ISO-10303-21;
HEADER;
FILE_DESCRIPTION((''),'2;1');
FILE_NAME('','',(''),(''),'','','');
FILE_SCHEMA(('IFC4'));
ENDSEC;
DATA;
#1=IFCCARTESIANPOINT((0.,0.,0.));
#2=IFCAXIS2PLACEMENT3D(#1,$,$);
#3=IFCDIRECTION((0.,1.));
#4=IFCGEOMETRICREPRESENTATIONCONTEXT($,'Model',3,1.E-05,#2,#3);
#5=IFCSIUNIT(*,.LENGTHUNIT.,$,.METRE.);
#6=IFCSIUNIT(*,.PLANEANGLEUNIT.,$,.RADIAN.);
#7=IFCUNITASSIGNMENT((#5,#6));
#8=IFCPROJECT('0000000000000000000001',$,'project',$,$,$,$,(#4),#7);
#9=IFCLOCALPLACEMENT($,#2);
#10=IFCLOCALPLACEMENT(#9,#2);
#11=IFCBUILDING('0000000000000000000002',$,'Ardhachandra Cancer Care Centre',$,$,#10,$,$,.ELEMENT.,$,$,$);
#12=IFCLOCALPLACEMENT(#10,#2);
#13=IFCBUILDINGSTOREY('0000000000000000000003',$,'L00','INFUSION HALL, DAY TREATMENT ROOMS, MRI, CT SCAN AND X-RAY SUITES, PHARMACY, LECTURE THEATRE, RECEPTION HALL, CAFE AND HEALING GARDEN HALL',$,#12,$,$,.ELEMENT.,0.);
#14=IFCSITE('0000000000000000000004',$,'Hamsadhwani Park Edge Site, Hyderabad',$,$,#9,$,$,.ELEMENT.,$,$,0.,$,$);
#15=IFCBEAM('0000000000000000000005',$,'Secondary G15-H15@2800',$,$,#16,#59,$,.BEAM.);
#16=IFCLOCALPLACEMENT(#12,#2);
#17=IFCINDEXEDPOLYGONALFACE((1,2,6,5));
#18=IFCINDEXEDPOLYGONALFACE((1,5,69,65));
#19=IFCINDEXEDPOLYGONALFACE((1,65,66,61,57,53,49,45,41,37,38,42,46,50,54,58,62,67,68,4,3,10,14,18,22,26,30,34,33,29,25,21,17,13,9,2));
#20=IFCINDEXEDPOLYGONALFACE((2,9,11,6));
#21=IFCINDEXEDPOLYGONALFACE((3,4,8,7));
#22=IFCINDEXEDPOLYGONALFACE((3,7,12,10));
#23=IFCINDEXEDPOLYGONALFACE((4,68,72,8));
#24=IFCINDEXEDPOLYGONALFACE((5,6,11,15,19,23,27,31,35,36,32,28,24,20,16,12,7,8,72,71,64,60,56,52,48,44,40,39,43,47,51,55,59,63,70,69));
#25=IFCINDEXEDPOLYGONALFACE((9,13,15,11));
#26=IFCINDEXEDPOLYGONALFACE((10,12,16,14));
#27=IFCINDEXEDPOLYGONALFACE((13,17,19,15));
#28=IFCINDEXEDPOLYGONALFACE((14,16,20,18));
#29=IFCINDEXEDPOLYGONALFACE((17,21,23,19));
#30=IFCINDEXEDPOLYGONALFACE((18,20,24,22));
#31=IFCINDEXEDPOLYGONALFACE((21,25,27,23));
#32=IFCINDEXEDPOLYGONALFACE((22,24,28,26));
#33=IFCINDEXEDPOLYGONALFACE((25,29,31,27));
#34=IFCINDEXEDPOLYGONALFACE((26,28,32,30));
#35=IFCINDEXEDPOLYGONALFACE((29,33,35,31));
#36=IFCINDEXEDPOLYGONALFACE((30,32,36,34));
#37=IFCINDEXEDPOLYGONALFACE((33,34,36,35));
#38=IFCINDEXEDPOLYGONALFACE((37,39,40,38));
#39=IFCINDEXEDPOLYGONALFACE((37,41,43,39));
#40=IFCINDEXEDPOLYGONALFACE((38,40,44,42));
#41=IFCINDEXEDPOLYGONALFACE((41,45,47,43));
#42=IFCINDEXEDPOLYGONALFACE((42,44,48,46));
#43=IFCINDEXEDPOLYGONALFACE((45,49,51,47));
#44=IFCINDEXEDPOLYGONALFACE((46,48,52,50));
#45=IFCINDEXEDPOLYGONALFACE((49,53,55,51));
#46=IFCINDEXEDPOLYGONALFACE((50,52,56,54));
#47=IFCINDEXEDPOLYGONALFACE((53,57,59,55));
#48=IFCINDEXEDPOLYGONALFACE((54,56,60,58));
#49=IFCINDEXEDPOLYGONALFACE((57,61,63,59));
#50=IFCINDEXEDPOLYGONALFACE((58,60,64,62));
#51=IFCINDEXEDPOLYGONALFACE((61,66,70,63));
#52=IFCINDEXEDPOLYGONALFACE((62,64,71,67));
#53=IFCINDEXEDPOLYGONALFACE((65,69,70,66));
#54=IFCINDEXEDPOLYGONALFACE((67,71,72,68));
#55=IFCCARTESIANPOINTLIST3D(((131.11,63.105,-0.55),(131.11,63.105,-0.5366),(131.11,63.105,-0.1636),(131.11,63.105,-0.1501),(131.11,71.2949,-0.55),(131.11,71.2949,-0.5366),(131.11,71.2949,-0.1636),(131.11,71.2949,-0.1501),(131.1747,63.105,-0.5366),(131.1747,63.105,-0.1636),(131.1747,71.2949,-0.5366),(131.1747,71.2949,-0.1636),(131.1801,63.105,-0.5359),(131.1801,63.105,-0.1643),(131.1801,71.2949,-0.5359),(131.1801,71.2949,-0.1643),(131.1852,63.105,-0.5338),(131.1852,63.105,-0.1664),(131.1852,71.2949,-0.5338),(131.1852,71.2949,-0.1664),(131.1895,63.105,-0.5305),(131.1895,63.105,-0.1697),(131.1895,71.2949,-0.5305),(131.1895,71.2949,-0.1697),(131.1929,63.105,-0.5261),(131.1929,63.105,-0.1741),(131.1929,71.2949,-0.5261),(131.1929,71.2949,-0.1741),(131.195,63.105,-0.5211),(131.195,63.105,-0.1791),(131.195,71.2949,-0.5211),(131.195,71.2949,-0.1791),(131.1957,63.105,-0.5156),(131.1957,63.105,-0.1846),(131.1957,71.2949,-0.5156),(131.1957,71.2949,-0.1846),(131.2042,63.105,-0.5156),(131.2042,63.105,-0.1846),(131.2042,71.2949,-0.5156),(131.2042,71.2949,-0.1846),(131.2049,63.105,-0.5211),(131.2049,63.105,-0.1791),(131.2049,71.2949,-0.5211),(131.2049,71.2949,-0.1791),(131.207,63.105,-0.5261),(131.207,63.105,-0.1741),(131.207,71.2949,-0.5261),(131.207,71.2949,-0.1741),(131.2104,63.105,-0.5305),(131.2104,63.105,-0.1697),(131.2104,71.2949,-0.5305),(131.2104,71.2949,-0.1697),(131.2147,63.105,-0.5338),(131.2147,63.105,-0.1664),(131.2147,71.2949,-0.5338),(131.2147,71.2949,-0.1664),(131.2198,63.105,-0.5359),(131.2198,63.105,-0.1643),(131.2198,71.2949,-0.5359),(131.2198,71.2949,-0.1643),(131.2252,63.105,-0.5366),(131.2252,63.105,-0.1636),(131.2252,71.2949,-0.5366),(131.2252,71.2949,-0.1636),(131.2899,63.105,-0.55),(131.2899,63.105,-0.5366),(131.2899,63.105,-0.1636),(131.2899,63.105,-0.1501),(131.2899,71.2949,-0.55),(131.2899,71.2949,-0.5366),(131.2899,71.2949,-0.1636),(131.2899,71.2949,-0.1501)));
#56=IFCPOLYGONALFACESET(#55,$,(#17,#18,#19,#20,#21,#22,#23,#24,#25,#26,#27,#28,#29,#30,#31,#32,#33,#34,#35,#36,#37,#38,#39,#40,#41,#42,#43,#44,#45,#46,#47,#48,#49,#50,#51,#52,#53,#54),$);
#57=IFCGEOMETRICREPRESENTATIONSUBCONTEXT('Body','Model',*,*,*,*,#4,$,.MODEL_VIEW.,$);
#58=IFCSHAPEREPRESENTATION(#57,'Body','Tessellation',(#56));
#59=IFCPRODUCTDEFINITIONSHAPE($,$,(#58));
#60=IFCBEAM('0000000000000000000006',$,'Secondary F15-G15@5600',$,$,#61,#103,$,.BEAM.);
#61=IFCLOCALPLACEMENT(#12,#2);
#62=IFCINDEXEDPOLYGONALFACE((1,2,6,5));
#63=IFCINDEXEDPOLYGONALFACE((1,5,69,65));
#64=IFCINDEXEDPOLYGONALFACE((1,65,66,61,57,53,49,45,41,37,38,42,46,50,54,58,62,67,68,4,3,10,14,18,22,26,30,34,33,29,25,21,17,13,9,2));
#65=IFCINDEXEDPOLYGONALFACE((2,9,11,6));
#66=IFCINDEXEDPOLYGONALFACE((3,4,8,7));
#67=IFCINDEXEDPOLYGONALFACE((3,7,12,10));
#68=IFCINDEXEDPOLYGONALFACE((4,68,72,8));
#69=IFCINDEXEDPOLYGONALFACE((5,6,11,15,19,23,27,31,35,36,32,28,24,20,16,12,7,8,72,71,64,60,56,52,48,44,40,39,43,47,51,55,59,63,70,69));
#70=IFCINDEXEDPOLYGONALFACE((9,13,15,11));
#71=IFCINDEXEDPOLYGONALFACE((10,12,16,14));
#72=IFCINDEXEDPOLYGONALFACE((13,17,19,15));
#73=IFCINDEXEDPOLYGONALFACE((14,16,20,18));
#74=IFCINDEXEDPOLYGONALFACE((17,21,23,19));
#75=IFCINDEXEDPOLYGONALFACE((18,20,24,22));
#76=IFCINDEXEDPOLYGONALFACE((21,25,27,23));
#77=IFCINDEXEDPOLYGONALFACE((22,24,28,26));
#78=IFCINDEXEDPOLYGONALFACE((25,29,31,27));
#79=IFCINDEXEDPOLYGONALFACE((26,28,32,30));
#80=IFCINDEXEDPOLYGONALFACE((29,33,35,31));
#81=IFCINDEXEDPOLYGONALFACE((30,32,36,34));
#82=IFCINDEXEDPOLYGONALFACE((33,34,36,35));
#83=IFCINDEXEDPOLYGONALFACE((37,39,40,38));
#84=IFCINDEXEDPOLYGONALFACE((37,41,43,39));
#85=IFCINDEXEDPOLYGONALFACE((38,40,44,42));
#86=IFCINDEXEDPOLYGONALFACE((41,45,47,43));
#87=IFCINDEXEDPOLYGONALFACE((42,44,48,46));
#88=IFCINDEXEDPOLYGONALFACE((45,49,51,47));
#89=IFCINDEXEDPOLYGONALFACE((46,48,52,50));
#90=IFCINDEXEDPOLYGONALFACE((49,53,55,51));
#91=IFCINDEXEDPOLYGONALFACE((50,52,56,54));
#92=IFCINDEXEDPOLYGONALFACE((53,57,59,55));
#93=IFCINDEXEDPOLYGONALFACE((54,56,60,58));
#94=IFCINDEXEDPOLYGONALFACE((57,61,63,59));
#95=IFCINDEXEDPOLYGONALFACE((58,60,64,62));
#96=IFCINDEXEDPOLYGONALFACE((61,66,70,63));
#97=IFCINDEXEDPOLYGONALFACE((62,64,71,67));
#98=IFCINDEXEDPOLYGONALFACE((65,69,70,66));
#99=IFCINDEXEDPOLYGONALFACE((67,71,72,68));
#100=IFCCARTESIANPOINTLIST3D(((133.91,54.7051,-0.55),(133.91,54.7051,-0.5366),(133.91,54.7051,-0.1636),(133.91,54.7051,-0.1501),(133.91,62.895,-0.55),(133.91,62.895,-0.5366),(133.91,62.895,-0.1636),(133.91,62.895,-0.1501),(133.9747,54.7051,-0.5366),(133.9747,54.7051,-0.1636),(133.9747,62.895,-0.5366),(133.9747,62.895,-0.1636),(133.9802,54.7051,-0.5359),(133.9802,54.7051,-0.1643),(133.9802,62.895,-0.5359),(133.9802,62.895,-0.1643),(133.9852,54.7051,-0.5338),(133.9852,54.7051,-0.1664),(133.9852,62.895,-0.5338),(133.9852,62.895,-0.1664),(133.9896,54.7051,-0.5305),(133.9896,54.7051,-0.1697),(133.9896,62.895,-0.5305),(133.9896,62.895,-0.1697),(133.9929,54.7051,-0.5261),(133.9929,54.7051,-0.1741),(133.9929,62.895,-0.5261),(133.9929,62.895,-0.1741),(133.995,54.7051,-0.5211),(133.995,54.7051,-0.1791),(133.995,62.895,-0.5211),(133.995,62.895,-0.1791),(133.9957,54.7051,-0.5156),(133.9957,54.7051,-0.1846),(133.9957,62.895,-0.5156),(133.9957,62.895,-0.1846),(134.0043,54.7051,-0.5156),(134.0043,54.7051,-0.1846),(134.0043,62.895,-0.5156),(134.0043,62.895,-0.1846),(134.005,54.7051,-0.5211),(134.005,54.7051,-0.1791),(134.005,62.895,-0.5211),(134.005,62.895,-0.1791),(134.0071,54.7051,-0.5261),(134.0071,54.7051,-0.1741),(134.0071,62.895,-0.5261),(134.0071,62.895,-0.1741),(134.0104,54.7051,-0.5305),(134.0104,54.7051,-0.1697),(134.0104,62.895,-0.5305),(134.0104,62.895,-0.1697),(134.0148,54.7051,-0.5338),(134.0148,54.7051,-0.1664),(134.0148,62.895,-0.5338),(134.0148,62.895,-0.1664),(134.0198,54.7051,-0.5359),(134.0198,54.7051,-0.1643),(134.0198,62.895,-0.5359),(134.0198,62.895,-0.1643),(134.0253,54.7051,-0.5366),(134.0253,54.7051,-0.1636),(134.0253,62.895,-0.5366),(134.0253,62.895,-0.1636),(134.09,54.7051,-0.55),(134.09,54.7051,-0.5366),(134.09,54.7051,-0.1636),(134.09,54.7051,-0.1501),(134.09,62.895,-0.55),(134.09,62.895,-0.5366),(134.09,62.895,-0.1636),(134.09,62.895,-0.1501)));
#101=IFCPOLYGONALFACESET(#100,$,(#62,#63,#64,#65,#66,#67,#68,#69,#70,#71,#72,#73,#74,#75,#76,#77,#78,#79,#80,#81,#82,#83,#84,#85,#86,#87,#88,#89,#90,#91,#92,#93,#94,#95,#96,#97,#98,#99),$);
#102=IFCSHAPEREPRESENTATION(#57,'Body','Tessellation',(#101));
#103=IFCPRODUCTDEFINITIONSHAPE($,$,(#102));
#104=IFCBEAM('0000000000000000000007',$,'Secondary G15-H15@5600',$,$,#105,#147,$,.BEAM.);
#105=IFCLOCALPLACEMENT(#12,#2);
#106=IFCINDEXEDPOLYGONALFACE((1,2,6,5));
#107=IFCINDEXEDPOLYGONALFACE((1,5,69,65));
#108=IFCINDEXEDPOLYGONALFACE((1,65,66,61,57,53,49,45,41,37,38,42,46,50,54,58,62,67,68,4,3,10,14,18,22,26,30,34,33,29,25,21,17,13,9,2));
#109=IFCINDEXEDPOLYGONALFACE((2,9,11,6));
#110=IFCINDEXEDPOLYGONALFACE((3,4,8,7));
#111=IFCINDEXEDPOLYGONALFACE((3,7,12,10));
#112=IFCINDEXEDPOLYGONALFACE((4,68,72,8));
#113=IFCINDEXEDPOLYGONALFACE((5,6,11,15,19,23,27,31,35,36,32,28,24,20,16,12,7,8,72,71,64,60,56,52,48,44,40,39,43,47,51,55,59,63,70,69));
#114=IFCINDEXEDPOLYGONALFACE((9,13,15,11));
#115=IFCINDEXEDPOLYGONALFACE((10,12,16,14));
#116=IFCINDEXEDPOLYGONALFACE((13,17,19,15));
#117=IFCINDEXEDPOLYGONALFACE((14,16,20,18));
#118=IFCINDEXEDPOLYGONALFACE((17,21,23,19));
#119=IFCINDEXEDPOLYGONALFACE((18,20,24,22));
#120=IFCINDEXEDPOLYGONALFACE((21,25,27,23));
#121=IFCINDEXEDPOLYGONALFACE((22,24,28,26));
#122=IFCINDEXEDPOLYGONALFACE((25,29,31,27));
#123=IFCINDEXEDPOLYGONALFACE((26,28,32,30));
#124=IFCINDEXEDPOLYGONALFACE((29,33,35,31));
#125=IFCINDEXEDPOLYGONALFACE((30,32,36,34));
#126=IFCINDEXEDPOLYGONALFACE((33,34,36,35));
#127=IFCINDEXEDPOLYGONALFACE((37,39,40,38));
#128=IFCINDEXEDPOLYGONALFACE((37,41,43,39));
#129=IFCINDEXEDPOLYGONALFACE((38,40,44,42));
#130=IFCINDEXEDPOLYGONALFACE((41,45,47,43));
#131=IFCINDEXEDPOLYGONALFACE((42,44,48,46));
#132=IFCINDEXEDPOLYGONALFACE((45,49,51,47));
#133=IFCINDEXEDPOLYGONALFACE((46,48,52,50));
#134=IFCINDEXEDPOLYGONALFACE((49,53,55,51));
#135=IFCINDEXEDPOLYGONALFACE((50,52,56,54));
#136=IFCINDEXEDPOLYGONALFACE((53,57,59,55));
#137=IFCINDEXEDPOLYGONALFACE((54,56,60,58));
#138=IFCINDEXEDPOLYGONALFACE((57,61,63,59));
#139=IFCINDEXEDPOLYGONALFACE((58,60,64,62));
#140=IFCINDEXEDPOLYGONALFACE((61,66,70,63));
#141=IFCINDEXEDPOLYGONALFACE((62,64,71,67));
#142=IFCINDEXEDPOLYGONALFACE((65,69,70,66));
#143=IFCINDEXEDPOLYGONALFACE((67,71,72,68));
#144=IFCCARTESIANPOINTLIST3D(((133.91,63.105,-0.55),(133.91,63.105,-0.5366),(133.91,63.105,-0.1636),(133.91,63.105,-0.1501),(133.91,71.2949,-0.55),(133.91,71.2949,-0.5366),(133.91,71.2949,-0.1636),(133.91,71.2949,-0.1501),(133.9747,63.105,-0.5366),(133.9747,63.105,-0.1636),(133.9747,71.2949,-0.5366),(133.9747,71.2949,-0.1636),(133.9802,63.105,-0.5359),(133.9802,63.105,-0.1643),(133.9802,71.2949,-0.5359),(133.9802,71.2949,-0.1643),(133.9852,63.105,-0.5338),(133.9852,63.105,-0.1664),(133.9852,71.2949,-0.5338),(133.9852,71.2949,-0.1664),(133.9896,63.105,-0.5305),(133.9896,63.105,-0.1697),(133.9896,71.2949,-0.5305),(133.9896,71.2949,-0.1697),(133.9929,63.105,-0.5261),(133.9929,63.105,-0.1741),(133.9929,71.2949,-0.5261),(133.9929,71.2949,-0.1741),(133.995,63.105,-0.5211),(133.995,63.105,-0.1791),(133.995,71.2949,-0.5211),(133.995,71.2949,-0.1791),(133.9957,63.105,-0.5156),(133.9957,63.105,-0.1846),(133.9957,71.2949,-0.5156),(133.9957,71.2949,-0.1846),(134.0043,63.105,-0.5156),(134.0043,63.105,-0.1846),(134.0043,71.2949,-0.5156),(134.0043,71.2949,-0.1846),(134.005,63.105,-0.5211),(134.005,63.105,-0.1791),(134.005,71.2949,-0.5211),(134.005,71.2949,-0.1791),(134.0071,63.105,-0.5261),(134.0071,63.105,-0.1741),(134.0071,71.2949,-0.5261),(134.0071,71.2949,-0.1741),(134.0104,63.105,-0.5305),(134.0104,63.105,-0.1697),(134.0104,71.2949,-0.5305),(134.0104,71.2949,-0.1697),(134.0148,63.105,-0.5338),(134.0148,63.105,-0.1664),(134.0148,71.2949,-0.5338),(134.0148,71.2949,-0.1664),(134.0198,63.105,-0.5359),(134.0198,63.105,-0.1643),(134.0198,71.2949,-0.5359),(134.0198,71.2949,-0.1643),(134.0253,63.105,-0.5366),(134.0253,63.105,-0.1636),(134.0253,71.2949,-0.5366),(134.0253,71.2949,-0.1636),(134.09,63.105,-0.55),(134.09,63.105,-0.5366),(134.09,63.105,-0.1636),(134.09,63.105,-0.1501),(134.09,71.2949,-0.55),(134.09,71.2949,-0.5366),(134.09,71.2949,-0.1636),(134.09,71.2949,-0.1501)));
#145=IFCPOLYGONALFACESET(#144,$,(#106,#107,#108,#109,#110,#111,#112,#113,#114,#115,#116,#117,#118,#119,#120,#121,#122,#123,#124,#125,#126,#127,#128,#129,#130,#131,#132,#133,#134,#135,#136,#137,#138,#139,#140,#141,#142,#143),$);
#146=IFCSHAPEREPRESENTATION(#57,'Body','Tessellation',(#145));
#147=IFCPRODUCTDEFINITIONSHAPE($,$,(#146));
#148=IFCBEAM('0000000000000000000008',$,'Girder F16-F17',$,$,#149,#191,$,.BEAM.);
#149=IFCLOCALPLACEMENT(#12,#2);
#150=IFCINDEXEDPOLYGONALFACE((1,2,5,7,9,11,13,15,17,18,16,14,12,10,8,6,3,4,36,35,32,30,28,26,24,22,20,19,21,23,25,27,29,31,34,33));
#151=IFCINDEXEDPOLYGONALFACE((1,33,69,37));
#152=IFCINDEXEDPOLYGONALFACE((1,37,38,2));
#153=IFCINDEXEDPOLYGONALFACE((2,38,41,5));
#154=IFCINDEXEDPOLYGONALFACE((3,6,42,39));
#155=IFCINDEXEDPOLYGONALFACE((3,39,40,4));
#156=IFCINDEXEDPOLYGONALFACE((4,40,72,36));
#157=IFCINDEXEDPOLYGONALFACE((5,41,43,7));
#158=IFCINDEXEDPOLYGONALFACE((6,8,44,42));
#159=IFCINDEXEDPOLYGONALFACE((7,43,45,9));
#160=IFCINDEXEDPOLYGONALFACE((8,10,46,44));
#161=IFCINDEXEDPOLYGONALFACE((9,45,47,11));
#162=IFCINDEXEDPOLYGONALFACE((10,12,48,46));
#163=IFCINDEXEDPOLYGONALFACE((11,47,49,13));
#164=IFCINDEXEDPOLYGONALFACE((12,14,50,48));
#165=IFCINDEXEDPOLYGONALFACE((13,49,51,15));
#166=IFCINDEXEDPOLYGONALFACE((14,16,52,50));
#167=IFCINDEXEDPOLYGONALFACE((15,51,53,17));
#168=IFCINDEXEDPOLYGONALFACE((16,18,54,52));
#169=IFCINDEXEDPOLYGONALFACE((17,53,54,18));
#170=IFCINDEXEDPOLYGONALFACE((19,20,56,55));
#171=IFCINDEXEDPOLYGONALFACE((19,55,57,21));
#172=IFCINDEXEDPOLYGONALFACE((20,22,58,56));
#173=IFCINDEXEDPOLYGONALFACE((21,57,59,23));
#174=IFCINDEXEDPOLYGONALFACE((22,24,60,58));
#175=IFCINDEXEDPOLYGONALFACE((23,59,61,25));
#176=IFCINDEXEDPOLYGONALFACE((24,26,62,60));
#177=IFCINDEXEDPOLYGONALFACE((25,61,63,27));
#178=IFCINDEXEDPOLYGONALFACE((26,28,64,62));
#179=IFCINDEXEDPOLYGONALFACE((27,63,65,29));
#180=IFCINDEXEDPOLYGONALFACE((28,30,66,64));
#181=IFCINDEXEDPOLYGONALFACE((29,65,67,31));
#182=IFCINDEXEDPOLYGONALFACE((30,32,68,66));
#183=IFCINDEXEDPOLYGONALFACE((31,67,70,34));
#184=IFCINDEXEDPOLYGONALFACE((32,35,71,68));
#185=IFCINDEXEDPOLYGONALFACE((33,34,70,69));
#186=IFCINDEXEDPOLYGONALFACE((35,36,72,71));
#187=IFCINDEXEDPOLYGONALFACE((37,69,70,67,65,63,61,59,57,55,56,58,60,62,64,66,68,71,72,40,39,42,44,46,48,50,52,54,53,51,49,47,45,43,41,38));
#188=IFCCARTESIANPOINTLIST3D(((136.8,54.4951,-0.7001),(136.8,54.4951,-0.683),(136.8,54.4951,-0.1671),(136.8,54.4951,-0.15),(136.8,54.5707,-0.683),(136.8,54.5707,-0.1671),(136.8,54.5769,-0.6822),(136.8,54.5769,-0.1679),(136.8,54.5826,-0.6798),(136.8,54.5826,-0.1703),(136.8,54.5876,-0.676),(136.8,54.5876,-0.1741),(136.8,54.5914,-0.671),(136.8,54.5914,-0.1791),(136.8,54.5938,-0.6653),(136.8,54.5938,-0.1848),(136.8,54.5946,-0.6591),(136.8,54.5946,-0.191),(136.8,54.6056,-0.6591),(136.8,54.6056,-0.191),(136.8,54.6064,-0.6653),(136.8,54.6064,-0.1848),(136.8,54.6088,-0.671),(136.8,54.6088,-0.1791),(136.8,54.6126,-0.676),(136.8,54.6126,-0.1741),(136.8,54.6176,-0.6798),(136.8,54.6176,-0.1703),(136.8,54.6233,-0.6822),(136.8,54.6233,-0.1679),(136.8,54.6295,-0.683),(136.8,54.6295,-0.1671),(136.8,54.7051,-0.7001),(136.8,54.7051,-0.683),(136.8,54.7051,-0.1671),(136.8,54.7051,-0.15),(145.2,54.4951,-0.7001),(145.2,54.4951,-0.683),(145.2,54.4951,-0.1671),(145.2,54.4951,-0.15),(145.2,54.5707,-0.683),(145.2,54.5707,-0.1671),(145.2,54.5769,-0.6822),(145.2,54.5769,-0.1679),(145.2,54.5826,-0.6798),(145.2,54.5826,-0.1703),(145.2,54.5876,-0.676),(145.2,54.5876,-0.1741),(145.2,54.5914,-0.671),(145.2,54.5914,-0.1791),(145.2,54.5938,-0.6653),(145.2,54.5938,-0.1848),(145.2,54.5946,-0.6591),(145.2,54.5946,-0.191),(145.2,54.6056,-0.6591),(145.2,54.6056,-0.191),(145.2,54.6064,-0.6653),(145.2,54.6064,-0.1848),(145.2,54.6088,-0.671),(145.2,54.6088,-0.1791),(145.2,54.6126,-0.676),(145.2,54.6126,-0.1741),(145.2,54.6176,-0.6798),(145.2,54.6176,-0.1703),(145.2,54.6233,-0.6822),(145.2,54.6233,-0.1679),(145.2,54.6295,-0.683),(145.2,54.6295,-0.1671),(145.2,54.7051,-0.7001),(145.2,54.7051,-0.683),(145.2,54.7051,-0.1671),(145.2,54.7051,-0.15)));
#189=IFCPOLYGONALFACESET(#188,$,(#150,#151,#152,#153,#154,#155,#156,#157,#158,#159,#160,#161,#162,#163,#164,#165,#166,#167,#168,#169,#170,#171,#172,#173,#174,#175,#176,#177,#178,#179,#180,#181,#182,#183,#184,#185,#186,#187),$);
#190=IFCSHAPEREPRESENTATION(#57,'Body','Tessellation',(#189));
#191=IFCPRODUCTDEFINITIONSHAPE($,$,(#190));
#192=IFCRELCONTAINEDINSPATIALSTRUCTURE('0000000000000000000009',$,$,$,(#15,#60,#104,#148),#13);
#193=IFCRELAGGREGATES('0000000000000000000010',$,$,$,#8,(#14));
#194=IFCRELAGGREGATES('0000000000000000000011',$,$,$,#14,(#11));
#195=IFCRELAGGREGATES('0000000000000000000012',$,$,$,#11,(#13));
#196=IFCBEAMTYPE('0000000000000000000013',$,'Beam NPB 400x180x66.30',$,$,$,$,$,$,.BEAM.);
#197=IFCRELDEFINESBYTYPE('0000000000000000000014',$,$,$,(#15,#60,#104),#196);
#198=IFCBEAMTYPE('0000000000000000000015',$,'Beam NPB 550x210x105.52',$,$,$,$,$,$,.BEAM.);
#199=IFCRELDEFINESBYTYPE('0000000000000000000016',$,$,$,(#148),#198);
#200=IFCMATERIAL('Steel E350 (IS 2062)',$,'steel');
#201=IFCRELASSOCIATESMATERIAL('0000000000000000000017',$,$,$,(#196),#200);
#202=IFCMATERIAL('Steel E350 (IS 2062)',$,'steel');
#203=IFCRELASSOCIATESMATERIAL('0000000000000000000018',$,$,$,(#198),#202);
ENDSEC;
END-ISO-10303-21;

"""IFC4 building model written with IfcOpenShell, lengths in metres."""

from ifc_helpers import new_model, si_unit, direction, frame, origin, origin_2d, place, context, subcontext, project, spatial, i_section, extrude, material, material_profile, profile_set, type_object, element, save


model = new_model("IFC4")

# Units and contexts
model_context = context("Model", 3, precision=1e-05, world=origin(), true_north=direction((0.0, 1.0)))
body_context = subcontext(model_context, "Body", "Model", "MODEL_VIEW")
ifc_project = project(units=[si_unit("LENGTHUNIT", "METRE"), si_unit("PLANEANGLEUNIT", "RADIAN")], contexts=[model_context])

# Site, building, storey
site_placement = place(None, origin())
site = spatial("IfcSite", under=ifc_project, at=site_placement, Name="Hamsadhwani Park Edge Site, Hyderabad", CompositionType="ELEMENT", RefElevation=0.0)
building_placement = place(site_placement, origin())
building = spatial("IfcBuilding", under=site, at=building_placement, Name="Ardhachandra Cancer Care Centre", CompositionType="ELEMENT")
storey_placement = place(building_placement, origin())
storey = spatial("IfcBuildingStorey", under=building, at=storey_placement, Name="L00", Description="INFUSION HALL, DAY TREATMENT ROOMS, MRI, CT SCAN AND X-RAY SUITES, PHARMACY, LECTURE THEATRE, RECEPTION HALL, CAFE AND HEALING GARDEN HALL", CompositionType="ELEMENT", Elevation=0.0)

# Beams
ifc_material_1 = material(Name="Steel E350 (IS 2062)", Category="steel")
ifc_material_profile_1 = material_profile(ifc_material_1, i_section(OverallWidth=0.1799, OverallDepth=0.3999, WebThickness=0.0085, FlangeThickness=0.0134, FilletRadius=0.021, at=origin_2d()), Name="NPB 400x180x66.30")
ifc_profile_set_1 = profile_set([ifc_material_profile_1], Name="Steel E350 (IS 2062)")
beam_type_1 = type_object("IfcBeamType", Name="Beam NPB 400x180x66.30", PredefinedType="BEAM", material=ifc_profile_set_1)
for number, where, z_axis, x_axis, name in (
    (1, (131.2, 63.105, -0.3501), (0.0, 1.0, 0.0), (-1.0, 0.0, 0.0), "Secondary G15-H15@2800"),
    (2, (134.0, 54.7051, -0.3501), (0.0, 1.0, 0.0), (-1.0, 0.0, 0.0), "Secondary F15-G15@5600"),
    (3, (134.0, 63.105, -0.3501), (0.0, 1.0, 0.0), (-1.0, 0.0, 0.0), "Secondary G15-H15@5600"),
):
    element("IfcBeam", number, at=place(storey_placement, frame(where, z_axis=z_axis, x_axis=x_axis)), inside=storey, type_object=beam_type_1, Name=name, PredefinedType="BEAM", context=body_context, shape_type="SweptSolid", body=[
        extrude(i_section(OverallWidth=0.1799, OverallDepth=0.3999, WebThickness=0.0085, FlangeThickness=0.0134, FilletRadius=0.021, at=origin_2d()), origin(), (0.0, 0.0, 1.0), 8.1899),
    ])
ifc_material_2 = material(Name="Steel E350 (IS 2062)", Category="steel")
ifc_material_profile_2 = material_profile(ifc_material_2, i_section(OverallWidth=0.21, OverallDepth=0.55, WebThickness=0.011, FlangeThickness=0.0171, FilletRadius=0.0239, at=origin_2d()), Name="NPB 550x210x105.52")
ifc_profile_set_2 = profile_set([ifc_material_profile_2], Name="Steel E350 (IS 2062)")
beam_type_2 = type_object("IfcBeamType", Name="Beam NPB 550x210x105.52", PredefinedType="BEAM", material=ifc_profile_set_2)
for number, where, z_axis, x_axis, name in (
    (4, (136.8, 54.6001, -0.425), (1.0, 0.0, 0.0), (0.0, 1.0, 0.0), "Girder F16-F17"),
):
    element("IfcBeam", number, at=place(storey_placement, frame(where, z_axis=z_axis, x_axis=x_axis)), inside=storey, type_object=beam_type_2, Name=name, PredefinedType="BEAM", context=body_context, shape_type="SweptSolid", body=[
        extrude(i_section(OverallWidth=0.21, OverallDepth=0.55, WebThickness=0.011, FlangeThickness=0.0171, FilletRadius=0.0239, at=origin_2d()), origin(), (0.0, 0.0, 1.0), 8.3999),
    ])

save(model, "model.ifc")
